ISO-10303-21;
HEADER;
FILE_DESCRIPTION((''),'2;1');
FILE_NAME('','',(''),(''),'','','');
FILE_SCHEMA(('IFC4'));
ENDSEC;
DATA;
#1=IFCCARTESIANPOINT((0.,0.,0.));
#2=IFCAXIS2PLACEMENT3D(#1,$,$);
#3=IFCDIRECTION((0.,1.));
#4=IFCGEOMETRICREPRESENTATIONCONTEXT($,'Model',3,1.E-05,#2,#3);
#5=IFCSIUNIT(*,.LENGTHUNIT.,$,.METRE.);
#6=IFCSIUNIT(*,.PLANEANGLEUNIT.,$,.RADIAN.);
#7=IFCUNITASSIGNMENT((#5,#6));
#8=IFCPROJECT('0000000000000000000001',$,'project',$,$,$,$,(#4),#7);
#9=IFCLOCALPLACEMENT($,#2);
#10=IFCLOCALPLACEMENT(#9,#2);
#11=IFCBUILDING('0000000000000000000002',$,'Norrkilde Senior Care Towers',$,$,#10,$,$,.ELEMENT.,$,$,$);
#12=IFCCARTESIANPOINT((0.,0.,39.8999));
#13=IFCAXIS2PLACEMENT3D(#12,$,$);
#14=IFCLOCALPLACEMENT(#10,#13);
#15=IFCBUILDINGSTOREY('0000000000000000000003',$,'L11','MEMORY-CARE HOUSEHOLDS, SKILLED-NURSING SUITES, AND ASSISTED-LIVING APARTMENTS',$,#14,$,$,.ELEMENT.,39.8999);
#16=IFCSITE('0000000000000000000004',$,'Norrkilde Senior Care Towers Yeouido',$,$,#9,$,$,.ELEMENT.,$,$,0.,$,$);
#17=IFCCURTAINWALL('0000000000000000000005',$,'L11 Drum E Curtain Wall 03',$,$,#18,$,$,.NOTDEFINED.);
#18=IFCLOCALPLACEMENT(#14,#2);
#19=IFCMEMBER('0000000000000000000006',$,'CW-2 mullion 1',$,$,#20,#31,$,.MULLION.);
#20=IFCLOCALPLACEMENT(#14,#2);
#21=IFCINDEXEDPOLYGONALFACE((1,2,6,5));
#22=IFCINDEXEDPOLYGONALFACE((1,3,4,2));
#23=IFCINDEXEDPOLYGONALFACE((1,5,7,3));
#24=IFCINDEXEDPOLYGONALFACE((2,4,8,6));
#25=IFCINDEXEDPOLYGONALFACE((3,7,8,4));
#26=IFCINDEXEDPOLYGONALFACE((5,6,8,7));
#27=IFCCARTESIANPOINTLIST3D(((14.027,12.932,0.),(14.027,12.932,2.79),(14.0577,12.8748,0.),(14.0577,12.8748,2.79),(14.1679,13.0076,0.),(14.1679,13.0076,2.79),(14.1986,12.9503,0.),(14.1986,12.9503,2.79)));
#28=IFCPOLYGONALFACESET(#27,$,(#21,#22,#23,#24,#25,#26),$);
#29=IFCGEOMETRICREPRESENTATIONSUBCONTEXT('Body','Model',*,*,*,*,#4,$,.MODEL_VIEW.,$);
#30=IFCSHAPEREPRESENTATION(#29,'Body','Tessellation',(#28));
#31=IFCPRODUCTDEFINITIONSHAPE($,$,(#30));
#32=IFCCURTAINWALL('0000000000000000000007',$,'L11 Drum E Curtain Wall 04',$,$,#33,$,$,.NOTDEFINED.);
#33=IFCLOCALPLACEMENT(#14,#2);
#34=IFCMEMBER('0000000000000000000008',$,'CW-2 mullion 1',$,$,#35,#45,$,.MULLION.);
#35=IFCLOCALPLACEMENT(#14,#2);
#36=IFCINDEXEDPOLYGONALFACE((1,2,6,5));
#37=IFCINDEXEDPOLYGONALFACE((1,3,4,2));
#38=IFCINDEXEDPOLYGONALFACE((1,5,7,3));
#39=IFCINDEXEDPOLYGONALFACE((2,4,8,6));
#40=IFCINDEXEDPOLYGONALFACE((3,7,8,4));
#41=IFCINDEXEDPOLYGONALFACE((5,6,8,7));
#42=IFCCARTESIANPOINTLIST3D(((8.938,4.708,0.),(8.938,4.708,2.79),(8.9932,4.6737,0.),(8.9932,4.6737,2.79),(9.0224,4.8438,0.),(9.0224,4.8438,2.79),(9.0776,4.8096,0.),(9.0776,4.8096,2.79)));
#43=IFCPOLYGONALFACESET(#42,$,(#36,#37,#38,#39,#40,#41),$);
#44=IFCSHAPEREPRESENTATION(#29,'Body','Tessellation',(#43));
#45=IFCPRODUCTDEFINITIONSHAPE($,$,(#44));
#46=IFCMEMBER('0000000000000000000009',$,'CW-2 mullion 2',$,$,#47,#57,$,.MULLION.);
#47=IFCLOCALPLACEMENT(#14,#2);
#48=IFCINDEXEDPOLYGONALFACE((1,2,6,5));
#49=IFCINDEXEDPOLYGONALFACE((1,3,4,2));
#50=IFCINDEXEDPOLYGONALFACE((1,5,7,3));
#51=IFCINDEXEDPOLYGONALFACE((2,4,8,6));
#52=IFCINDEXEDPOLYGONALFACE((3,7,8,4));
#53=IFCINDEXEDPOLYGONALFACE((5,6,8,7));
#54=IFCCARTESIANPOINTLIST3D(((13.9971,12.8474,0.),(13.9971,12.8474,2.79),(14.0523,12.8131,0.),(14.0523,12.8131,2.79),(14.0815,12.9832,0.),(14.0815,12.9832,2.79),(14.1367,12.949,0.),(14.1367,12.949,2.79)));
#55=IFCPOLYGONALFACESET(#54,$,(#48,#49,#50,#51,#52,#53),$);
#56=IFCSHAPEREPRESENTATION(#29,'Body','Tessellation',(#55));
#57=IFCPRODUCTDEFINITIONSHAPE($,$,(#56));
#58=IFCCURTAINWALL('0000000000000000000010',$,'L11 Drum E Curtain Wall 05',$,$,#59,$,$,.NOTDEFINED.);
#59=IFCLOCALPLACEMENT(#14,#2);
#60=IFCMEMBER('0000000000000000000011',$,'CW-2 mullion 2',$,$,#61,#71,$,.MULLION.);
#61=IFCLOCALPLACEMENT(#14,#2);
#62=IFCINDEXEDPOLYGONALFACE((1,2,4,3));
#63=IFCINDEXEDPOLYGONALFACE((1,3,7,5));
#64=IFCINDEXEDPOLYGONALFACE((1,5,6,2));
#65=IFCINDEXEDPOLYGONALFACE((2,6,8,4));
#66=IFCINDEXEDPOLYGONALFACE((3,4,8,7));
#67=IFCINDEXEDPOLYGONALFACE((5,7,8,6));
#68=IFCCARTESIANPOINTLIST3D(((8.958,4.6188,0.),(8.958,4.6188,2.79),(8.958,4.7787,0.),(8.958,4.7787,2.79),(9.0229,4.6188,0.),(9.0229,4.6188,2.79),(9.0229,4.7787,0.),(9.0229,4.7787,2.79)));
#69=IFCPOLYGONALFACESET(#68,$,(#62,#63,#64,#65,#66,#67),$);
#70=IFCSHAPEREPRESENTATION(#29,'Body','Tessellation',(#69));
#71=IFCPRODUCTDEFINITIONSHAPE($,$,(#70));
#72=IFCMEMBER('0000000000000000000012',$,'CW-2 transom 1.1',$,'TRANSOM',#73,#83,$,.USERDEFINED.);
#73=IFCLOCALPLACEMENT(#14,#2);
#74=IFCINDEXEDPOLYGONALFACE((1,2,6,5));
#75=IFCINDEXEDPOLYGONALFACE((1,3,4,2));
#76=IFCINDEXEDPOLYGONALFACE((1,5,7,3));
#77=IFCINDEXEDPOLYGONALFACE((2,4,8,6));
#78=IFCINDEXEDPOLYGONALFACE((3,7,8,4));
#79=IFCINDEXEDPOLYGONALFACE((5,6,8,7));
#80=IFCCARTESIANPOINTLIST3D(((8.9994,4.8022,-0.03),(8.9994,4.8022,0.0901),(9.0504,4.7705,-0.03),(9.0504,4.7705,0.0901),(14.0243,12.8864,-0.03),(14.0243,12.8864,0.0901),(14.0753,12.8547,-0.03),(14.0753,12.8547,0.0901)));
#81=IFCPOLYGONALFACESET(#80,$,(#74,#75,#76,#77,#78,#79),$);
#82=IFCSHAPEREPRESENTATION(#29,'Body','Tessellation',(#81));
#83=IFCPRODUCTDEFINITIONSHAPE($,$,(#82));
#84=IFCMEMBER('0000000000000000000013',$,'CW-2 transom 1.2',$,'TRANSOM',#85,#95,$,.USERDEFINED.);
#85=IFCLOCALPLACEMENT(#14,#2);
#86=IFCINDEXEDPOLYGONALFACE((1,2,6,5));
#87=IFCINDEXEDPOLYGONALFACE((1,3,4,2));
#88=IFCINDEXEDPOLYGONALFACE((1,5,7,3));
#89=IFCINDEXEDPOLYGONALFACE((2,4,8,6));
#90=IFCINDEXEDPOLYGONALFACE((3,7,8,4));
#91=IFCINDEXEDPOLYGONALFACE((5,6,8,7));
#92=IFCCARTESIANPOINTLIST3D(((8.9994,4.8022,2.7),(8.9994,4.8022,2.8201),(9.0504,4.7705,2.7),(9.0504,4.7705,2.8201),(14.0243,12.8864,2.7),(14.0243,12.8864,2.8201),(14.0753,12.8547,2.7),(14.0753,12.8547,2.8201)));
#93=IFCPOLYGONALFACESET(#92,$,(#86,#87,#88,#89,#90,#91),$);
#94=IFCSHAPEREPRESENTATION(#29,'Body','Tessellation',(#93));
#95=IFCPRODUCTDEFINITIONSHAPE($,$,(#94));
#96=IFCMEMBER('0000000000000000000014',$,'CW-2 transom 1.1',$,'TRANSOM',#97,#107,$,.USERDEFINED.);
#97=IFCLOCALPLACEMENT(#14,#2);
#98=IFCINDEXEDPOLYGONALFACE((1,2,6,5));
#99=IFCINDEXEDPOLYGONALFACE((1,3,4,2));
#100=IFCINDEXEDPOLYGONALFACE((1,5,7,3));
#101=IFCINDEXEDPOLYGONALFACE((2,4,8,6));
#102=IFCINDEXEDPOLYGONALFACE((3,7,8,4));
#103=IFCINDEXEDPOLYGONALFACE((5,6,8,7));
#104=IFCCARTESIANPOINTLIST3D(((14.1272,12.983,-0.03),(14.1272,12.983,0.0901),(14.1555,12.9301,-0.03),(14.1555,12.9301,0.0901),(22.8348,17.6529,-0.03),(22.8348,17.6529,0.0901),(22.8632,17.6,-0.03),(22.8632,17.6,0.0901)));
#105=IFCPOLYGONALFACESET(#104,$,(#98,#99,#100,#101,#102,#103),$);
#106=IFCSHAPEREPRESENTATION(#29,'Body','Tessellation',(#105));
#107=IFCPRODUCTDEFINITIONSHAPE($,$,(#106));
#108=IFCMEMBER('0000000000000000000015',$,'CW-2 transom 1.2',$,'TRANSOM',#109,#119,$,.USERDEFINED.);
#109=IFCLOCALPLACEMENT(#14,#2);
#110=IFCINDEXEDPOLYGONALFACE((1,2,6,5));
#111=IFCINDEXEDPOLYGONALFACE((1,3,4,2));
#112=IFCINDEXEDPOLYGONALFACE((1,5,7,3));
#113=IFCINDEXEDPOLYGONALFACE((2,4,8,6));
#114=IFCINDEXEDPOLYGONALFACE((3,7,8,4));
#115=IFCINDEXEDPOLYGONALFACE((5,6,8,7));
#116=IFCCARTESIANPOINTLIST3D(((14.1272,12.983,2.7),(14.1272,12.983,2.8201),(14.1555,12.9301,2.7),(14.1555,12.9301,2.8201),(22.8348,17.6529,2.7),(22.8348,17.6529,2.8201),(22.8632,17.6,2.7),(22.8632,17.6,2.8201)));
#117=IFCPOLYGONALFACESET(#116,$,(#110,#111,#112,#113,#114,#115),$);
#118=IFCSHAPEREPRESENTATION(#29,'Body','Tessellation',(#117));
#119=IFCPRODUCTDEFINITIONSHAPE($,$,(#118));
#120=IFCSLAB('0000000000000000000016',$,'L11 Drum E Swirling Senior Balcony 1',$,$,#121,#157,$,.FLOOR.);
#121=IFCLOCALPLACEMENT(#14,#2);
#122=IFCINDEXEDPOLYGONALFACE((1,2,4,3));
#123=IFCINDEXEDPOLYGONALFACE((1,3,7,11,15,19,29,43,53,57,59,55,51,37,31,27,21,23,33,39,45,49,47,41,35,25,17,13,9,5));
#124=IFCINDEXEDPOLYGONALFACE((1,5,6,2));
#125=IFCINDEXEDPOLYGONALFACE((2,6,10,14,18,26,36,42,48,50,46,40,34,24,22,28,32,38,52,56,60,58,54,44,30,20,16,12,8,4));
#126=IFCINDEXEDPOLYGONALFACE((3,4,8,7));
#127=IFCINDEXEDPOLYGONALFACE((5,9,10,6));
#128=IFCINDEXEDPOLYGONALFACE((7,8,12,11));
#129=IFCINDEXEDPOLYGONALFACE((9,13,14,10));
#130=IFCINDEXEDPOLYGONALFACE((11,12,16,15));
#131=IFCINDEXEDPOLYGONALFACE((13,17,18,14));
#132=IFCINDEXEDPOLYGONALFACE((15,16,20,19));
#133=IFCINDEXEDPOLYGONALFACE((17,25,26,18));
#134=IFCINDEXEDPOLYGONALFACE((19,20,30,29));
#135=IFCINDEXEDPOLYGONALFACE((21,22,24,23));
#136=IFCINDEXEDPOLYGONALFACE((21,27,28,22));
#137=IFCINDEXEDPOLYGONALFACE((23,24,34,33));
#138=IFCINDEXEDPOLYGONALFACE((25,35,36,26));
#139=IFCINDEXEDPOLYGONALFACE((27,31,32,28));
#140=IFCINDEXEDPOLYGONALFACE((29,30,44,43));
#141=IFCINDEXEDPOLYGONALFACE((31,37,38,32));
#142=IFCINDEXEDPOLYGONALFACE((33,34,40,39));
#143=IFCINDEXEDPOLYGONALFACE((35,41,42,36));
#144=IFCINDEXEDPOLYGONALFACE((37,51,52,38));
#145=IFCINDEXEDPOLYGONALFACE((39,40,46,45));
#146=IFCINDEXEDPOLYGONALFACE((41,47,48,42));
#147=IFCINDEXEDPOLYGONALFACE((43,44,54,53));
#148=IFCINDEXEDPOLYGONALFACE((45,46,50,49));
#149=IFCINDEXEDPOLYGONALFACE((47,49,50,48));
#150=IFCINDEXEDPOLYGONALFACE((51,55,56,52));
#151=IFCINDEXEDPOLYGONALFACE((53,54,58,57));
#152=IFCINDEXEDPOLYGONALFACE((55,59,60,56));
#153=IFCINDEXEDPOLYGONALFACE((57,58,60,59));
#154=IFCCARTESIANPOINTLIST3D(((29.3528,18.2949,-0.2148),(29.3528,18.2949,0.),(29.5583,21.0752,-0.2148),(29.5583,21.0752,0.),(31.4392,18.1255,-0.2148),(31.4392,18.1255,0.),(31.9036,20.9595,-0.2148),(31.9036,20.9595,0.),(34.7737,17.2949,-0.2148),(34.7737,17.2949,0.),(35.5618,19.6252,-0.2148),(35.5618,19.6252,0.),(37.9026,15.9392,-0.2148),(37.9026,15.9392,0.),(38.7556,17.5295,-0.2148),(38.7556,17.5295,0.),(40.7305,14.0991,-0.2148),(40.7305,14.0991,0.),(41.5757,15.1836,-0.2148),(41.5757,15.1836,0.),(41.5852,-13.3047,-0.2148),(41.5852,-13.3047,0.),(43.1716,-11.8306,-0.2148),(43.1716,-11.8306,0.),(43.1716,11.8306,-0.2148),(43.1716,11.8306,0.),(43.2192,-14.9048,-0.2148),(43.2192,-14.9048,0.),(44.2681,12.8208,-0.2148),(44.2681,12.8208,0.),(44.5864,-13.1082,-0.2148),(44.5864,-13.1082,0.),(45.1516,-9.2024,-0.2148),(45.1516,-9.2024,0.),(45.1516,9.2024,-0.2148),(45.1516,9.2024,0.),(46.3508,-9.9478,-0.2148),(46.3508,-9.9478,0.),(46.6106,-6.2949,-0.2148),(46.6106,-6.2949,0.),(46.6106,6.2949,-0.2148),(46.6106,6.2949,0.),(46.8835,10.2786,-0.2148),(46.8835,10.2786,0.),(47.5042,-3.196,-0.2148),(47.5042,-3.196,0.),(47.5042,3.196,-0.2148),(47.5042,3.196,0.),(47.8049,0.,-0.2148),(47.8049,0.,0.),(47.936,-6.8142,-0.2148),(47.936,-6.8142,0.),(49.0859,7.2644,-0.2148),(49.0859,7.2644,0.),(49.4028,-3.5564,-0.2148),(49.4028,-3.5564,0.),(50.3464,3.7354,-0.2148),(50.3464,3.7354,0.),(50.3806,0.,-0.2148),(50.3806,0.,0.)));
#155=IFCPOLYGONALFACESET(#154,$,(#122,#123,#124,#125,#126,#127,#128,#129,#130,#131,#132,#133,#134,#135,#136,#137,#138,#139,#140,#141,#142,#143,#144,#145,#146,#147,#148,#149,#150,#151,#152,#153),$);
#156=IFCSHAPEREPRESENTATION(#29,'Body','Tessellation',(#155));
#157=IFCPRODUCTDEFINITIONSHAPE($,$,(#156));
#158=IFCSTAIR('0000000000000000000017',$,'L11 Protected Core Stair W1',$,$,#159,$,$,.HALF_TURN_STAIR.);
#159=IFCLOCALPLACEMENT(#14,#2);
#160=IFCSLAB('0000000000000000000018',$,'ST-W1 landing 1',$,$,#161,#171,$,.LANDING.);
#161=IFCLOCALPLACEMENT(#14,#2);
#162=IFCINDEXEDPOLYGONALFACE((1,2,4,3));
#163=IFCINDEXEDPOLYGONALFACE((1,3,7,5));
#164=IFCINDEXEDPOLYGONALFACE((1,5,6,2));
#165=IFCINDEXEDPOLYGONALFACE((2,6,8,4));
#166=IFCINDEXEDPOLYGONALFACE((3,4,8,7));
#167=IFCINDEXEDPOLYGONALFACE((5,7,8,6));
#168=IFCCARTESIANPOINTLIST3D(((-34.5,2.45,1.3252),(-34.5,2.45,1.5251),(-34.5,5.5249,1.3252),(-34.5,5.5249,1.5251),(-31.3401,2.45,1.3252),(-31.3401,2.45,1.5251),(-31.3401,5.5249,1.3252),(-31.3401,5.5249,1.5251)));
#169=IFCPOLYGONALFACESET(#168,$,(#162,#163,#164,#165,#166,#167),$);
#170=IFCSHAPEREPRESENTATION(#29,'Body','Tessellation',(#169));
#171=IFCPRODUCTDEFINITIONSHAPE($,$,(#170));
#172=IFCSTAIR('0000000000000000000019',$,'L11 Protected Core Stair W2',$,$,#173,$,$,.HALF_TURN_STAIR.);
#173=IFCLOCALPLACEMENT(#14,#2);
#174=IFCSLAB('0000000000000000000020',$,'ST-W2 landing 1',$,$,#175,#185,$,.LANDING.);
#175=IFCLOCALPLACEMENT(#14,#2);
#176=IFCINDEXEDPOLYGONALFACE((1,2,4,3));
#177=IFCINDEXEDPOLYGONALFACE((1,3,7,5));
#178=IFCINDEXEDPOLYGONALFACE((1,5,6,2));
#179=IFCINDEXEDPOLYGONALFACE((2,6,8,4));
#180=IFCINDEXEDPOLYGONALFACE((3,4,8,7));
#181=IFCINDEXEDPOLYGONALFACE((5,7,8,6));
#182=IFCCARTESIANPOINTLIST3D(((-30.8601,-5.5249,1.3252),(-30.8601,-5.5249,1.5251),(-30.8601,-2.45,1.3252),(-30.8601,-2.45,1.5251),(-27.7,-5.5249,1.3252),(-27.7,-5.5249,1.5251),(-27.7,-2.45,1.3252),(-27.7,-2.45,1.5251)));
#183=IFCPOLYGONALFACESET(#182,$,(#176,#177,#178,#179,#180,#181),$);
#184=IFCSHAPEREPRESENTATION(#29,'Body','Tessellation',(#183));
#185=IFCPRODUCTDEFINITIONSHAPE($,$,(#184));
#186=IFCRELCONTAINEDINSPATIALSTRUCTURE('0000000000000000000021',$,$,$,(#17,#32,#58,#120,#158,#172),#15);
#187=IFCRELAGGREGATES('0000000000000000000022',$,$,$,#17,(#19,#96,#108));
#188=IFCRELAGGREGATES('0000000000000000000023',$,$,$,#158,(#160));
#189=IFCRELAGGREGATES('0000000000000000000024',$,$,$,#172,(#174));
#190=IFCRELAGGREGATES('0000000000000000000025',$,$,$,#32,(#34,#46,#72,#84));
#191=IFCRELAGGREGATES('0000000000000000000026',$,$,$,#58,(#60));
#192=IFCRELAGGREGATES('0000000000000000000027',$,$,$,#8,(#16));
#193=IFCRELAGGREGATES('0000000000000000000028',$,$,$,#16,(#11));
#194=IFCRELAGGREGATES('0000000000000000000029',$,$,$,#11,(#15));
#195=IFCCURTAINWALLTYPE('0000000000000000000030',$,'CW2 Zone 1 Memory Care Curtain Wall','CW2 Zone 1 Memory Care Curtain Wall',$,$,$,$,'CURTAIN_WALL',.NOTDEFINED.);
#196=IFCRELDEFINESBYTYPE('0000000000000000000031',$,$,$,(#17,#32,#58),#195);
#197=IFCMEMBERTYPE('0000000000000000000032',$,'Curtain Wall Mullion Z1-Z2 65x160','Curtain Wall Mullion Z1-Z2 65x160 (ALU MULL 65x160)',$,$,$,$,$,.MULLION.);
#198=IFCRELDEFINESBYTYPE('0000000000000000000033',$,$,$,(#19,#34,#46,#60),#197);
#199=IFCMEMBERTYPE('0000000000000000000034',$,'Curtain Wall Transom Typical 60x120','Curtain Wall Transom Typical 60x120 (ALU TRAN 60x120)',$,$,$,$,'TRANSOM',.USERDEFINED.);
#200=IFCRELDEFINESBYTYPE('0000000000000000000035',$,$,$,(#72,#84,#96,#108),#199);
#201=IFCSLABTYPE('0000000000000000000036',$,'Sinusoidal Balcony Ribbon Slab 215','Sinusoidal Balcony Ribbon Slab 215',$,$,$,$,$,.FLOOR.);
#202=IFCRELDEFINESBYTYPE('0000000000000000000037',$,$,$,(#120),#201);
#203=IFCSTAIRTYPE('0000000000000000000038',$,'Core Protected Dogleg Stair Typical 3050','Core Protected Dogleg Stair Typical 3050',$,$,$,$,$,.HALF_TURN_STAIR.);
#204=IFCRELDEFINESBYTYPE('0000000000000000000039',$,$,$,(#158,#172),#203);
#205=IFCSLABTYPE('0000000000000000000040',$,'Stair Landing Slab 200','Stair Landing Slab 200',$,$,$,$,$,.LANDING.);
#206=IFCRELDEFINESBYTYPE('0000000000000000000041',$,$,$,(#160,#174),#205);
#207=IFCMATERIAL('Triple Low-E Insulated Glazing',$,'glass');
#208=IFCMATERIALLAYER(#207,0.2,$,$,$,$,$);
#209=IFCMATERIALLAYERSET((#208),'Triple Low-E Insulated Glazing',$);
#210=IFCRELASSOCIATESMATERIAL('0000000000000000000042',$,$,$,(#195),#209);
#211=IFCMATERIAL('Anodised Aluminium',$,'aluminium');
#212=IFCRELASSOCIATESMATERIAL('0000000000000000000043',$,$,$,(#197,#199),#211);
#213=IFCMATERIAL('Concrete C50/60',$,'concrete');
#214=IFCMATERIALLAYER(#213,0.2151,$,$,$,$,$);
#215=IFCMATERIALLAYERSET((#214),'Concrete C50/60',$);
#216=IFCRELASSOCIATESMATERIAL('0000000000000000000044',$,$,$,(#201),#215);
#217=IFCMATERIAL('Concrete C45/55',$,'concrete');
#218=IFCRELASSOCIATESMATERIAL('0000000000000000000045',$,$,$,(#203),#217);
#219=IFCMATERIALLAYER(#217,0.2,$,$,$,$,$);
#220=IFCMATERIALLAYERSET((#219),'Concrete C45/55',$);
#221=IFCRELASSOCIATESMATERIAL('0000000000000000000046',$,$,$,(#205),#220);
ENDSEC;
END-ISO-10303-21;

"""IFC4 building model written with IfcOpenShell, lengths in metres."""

from ifc_helpers import new_model, si_unit, direction, frame, origin, origin_2d, place, context, subcontext, project, spatial, polyline, rectangle, outline, extrude, source, transform, mapped, material, layer, layer_set, material_profile, profile_set, type_object, type_shapes, element, aggregate, save


model = new_model("IFC4")

# Units and contexts
model_context = context("Model", 3, precision=1e-05, world=origin(), true_north=direction((0.0, 1.0)))
body_context = subcontext(model_context, "Body", "Model", "MODEL_VIEW")
ifc_project = project(units=[si_unit("LENGTHUNIT", "METRE"), si_unit("PLANEANGLEUNIT", "RADIAN")], contexts=[model_context])

# Site, building, storey
site_placement = place(None, origin())
site = spatial("IfcSite", under=ifc_project, at=site_placement, Name="Norrkilde Senior Care Towers Yeouido", CompositionType="ELEMENT", RefElevation=0.0)
building_placement = place(site_placement, origin())
building = spatial("IfcBuilding", under=site, at=building_placement, Name="Norrkilde Senior Care Towers", CompositionType="ELEMENT")
storey_placement = place(building_placement, frame((0.0, 0.0, 39.8999)))
storey = spatial("IfcBuildingStorey", under=building, at=storey_placement, Name="L11", Description="MEMORY-CARE HOUSEHOLDS, SKILLED-NURSING SUITES, AND ASSISTED-LIVING APARTMENTS", CompositionType="ELEMENT", Elevation=39.8999)

# Curtain wall, member
ifc_material_1 = material(Name="Triple Low-E Insulated Glazing", Category="glass")
ifc_layer_1 = layer(ifc_material_1, 0.2)
ifc_layer_set_1 = layer_set([ifc_layer_1], Name="Triple Low-E Insulated Glazing")
curtain_wall_type = type_object("IfcCurtainWallType", Name="CW2 Zone 1 Memory Care Curtain Wall", Description="CW2 Zone 1 Memory Care Curtain Wall", ElementType="CURTAIN_WALL", PredefinedType="NOTDEFINED", material=ifc_layer_set_1)
curtain_wall_1_placement = place(storey_placement, origin())
curtain_wall_1 = element("IfcCurtainWall", 1, at=curtain_wall_1_placement, inside=storey, type_object=curtain_wall_type, Name="L11 Drum E Curtain Wall 03", PredefinedType="NOTDEFINED")
ifc_material_2 = material(Name="Anodised Aluminium", Category="aluminium")
ifc_material_profile_1 = material_profile(ifc_material_2, rectangle(XDim=0.0649, YDim=0.1599, at=origin_2d()), Name="ALU MULL 65x160")
ifc_profile_set_1 = profile_set([ifc_material_profile_1], Name="Anodised Aluminium")
member_type_1 = type_object("IfcMemberType", Name="Curtain Wall Mullion Z1-Z2 65x160", Description="Curtain Wall Mullion Z1-Z2 65x160 (ALU MULL 65x160)", PredefinedType="MULLION", material=ifc_profile_set_1)
shared_shape_1 = source(origin(), body_context, "Body", "SweptSolid", [
    extrude(rectangle(XDim=0.0649, YDim=0.1599, at=origin_2d()), origin(), (0.0, 0.0, 1.0), 2.79),
])
type_shapes(member_type_1, [shared_shape_1])
member_1_placement = place(storey_placement, frame((14.1128, 12.9412, 0.0), z_axis=(0.0, 0.0, 1.0), x_axis=(-0.472608, 0.881273, 0.0)))
member_1 = element("IfcMember", 2, at=member_1_placement, type_object=member_type_1, Name="CW-2 mullion 1", PredefinedType="MULLION", context=body_context, shape_type="MappedRepresentation", body=[
    mapped(shared_shape_1, transform((0.0, 0.0, 0.0), x_axis=(1.0, 0.0, 0.0), y_axis=(0.0, 1.0, 0.0), z_axis=(0.0, 0.0, 1.0), scale=1.0)),
])

# Curtain wall, members
curtain_wall_2_placement = place(storey_placement, origin())
curtain_wall_2 = element("IfcCurtainWall", 3, at=curtain_wall_2_placement, inside=storey, type_object=curtain_wall_type, Name="L11 Drum E Curtain Wall 04", PredefinedType="NOTDEFINED")
member_2_placement = place(storey_placement, frame((9.0078, 4.7588, 0.0), z_axis=(0.0, 0.0, 1.0), x_axis=(-0.849306, 0.527901, 0.0)))
member_2 = element("IfcMember", 4, at=member_2_placement, type_object=member_type_1, Name="CW-2 mullion 1", PredefinedType="MULLION", context=body_context, shape_type="MappedRepresentation", body=[
    mapped(shared_shape_1, transform((0.0, 0.0, 0.0), x_axis=(1.0, 0.0, 0.0), y_axis=(0.0, 1.0, 0.0), z_axis=(0.0, 0.0, 1.0), scale=1.0)),
])
member_3_placement = place(storey_placement, frame((14.0669, 12.8982, 0.0), z_axis=(0.0, 0.0, 1.0), x_axis=(-0.849306, 0.527901, 0.0)))
member_3 = element("IfcMember", 5, at=member_3_placement, type_object=member_type_1, Name="CW-2 mullion 2", PredefinedType="MULLION", context=body_context, shape_type="MappedRepresentation", body=[
    mapped(shared_shape_1, transform((0.0, 0.0, 0.0), x_axis=(1.0, 0.0, 0.0), y_axis=(0.0, 1.0, 0.0), z_axis=(0.0, 0.0, 1.0), scale=1.0)),
])

# Curtain wall, member
curtain_wall_3_placement = place(storey_placement, origin())
curtain_wall_3 = element("IfcCurtainWall", 6, at=curtain_wall_3_placement, inside=storey, type_object=curtain_wall_type, Name="L11 Drum E Curtain Wall 05", PredefinedType="NOTDEFINED")
member_4_placement = place(storey_placement, frame((8.9905, 4.6987, 0.0), z_axis=(0.0, 0.0, 1.0), x_axis=(-1.0, 0.0, 0.0)))
member_4 = element("IfcMember", 7, at=member_4_placement, type_object=member_type_1, Name="CW-2 mullion 2", PredefinedType="MULLION", context=body_context, shape_type="MappedRepresentation", body=[
    mapped(shared_shape_1, transform((0.0, 0.0, 0.0), x_axis=(1.0, 0.0, 0.0), y_axis=(0.0, 1.0, 0.0), z_axis=(0.0, 0.0, 1.0), scale=1.0)),
])

# Members
ifc_material_profile_2 = material_profile(ifc_material_2, rectangle(XDim=0.0601, YDim=0.1201, at=origin_2d()), Name="ALU TRAN 60x120")
ifc_profile_set_2 = profile_set([ifc_material_profile_2], Name="Anodised Aluminium")
member_type_2 = type_object("IfcMemberType", Name="Curtain Wall Transom Typical 60x120", Description="Curtain Wall Transom Typical 60x120 (ALU TRAN 60x120)", ElementType="TRANSOM", PredefinedType="USERDEFINED", material=ifc_profile_set_2)
shared_shape_2 = source(origin(), body_context, "Body", "SweptSolid", [
    extrude(rectangle(XDim=0.0601, YDim=0.1201, at=origin_2d()), origin(), (0.0, 0.0, 1.0), 9.5186),
])
member_5_placement = place(storey_placement, frame((9.0249, 4.7864, 0.03), z_axis=(0.527902, 0.849306, 0.0), x_axis=(-0.849306, 0.527902, 0.0)))
member_5 = element("IfcMember", 8, at=member_5_placement, type_object=member_type_2, Name="CW-2 transom 1.1", ObjectType="TRANSOM", PredefinedType="USERDEFINED", context=body_context, shape_type="MappedRepresentation", body=[
    mapped(shared_shape_2, transform((0.0, 0.0, 0.0), x_axis=(1.0, 0.0, 0.0), y_axis=(0.0, 1.0, 0.0), z_axis=(0.0, 0.0, 1.0), scale=1.0)),
])
member_6_placement = place(storey_placement, frame((9.0249, 4.7864, 2.76), z_axis=(0.527902, 0.849306, 0.0), x_axis=(-0.849306, 0.527902, 0.0)))
member_6 = element("IfcMember", 9, at=member_6_placement, type_object=member_type_2, Name="CW-2 transom 1.2", ObjectType="TRANSOM", PredefinedType="USERDEFINED", context=body_context, shape_type="MappedRepresentation", body=[
    mapped(shared_shape_2, transform((0.0, 0.0, 0.0), x_axis=(1.0, 0.0, 0.0), y_axis=(0.0, 1.0, 0.0), z_axis=(0.0, 0.0, 1.0), scale=1.0)),
])
shared_shape_3 = source(origin(), body_context, "Body", "SweptSolid", [
    extrude(rectangle(XDim=0.0601, YDim=0.1201, at=origin_2d()), origin(), (0.0, 0.0, 1.0), 9.8809),
])
type_shapes(member_type_2, [shared_shape_2, shared_shape_3])
member_7_placement = place(storey_placement, frame((14.1414, 12.9565, 0.03), z_axis=(0.881267, 0.472618, 0.0), x_axis=(-0.472618, 0.881267, 0.0)))
member_7 = element("IfcMember", 10, at=member_7_placement, type_object=member_type_2, Name="CW-2 transom 1.1", ObjectType="TRANSOM", PredefinedType="USERDEFINED", context=body_context, shape_type="MappedRepresentation", body=[
    mapped(shared_shape_3, transform((0.0, 0.0, 0.0), x_axis=(1.0, 0.0, 0.0), y_axis=(0.0, 1.0, 0.0), z_axis=(0.0, 0.0, 1.0), scale=1.0)),
])
member_8_placement = place(storey_placement, frame((14.1414, 12.9565, 2.76), z_axis=(0.881267, 0.472618, 0.0), x_axis=(-0.472618, 0.881267, 0.0)))
member_8 = element("IfcMember", 11, at=member_8_placement, type_object=member_type_2, Name="CW-2 transom 1.2", ObjectType="TRANSOM", PredefinedType="USERDEFINED", context=body_context, shape_type="MappedRepresentation", body=[
    mapped(shared_shape_3, transform((0.0, 0.0, 0.0), x_axis=(1.0, 0.0, 0.0), y_axis=(0.0, 1.0, 0.0), z_axis=(0.0, 0.0, 1.0), scale=1.0)),
])
aggregate(curtain_wall_1, [member_1, member_7, member_8])

# Slab
ifc_material_3 = material(Name="Concrete C50/60", Category="concrete")
ifc_layer_2 = layer(ifc_material_3, 0.2151)
ifc_layer_set_2 = layer_set([ifc_layer_2], Name="Concrete C50/60")
slab_type_1 = type_object("IfcSlabType", Name="Sinusoidal Balcony Ribbon Slab 215", Description="Sinusoidal Balcony Ribbon Slab 215", PredefinedType="FLOOR", material=ifc_layer_set_2)
slab_1_placement = place(storey_placement, frame((0.0, 0.0, -0.2148)))
element("IfcSlab", 12, at=slab_1_placement, inside=storey, type_object=slab_type_1, Name="L11 Drum E Swirling Senior Balcony 1", PredefinedType="FLOOR", context=body_context, shape_type="SweptSolid", body=[
    extrude(outline(polyline([(46.3508, -9.9478), (44.5864, -13.1082), (43.2192, -14.9048), (41.5852, -13.3047), (43.1716, -11.8306), (45.1516, -9.2024), (46.6106, -6.2949), (47.5042, -3.196), (47.8049, 0.0), (47.5042, 3.196), (46.6106, 6.2949), (45.1516, 9.2024), (43.1716, 11.8306), (40.7305, 14.0991), (37.9026, 15.9392), (34.7737, 17.2949), (31.4392, 18.1255), (29.3528, 18.2949), (29.5583, 21.0752), (31.9036, 20.9595), (35.5618, 19.6252), (38.7556, 17.5295), (41.5757, 15.1836), (44.2681, 12.8208), (46.8835, 10.2786), (49.0859, 7.2644), (50.3464, 3.7354), (50.3806, 0.0), (49.4028, -3.5564), (47.936, -6.8142), (46.3508, -9.9478)])), origin(), (0.0, 0.0, 1.0), 0.2148),
])

# Stairs, slabs
ifc_material_4 = material(Name="Concrete C45/55", Category="concrete")
stair_type = type_object("IfcStairType", Name="Core Protected Dogleg Stair Typical 3050", Description="Core Protected Dogleg Stair Typical 3050", PredefinedType="HALF_TURN_STAIR", material=ifc_material_4)
stair_1_placement = place(storey_placement, origin())
stair_1 = element("IfcStair", 13, at=stair_1_placement, inside=storey, type_object=stair_type, Name="L11 Protected Core Stair W1", PredefinedType="HALF_TURN_STAIR")
ifc_layer_3 = layer(ifc_material_4, 0.2)
ifc_layer_set_3 = layer_set([ifc_layer_3], Name="Concrete C45/55")
slab_type_2 = type_object("IfcSlabType", Name="Stair Landing Slab 200", Description="Stair Landing Slab 200", PredefinedType="LANDING", material=ifc_layer_set_3)
slab_2_placement = place(storey_placement, frame((0.0, 0.0, 1.3252)))
slab_2 = element("IfcSlab", 14, at=slab_2_placement, type_object=slab_type_2, Name="ST-W1 landing 1", PredefinedType="LANDING", context=body_context, shape_type="SweptSolid", body=[
    extrude(outline(polyline([(-31.3401, 5.5249), (-34.5, 5.5249), (-34.5, 2.45), (-31.3401, 2.45), (-31.3401, 5.5249)])), origin(), (0.0, 0.0, 1.0), 0.2),
])
aggregate(stair_1, [slab_2])
stair_2_placement = place(storey_placement, origin())
stair_2 = element("IfcStair", 15, at=stair_2_placement, inside=storey, type_object=stair_type, Name="L11 Protected Core Stair W2", PredefinedType="HALF_TURN_STAIR")
slab_3_placement = place(storey_placement, frame((0.0, 0.0, 1.3252)))
slab_3 = element("IfcSlab", 16, at=slab_3_placement, type_object=slab_type_2, Name="ST-W2 landing 1", PredefinedType="LANDING", context=body_context, shape_type="SweptSolid", body=[
    extrude(outline(polyline([(-30.8601, -5.5249), (-27.7, -5.5249), (-27.7, -2.45), (-30.8601, -2.45), (-30.8601, -5.5249)])), origin(), (0.0, 0.0, 1.0), 0.2),
])
aggregate(stair_2, [slab_3])

aggregate(curtain_wall_2, [member_2, member_3, member_5, member_6])
aggregate(curtain_wall_3, [member_4])

save(model, "model.ifc")
